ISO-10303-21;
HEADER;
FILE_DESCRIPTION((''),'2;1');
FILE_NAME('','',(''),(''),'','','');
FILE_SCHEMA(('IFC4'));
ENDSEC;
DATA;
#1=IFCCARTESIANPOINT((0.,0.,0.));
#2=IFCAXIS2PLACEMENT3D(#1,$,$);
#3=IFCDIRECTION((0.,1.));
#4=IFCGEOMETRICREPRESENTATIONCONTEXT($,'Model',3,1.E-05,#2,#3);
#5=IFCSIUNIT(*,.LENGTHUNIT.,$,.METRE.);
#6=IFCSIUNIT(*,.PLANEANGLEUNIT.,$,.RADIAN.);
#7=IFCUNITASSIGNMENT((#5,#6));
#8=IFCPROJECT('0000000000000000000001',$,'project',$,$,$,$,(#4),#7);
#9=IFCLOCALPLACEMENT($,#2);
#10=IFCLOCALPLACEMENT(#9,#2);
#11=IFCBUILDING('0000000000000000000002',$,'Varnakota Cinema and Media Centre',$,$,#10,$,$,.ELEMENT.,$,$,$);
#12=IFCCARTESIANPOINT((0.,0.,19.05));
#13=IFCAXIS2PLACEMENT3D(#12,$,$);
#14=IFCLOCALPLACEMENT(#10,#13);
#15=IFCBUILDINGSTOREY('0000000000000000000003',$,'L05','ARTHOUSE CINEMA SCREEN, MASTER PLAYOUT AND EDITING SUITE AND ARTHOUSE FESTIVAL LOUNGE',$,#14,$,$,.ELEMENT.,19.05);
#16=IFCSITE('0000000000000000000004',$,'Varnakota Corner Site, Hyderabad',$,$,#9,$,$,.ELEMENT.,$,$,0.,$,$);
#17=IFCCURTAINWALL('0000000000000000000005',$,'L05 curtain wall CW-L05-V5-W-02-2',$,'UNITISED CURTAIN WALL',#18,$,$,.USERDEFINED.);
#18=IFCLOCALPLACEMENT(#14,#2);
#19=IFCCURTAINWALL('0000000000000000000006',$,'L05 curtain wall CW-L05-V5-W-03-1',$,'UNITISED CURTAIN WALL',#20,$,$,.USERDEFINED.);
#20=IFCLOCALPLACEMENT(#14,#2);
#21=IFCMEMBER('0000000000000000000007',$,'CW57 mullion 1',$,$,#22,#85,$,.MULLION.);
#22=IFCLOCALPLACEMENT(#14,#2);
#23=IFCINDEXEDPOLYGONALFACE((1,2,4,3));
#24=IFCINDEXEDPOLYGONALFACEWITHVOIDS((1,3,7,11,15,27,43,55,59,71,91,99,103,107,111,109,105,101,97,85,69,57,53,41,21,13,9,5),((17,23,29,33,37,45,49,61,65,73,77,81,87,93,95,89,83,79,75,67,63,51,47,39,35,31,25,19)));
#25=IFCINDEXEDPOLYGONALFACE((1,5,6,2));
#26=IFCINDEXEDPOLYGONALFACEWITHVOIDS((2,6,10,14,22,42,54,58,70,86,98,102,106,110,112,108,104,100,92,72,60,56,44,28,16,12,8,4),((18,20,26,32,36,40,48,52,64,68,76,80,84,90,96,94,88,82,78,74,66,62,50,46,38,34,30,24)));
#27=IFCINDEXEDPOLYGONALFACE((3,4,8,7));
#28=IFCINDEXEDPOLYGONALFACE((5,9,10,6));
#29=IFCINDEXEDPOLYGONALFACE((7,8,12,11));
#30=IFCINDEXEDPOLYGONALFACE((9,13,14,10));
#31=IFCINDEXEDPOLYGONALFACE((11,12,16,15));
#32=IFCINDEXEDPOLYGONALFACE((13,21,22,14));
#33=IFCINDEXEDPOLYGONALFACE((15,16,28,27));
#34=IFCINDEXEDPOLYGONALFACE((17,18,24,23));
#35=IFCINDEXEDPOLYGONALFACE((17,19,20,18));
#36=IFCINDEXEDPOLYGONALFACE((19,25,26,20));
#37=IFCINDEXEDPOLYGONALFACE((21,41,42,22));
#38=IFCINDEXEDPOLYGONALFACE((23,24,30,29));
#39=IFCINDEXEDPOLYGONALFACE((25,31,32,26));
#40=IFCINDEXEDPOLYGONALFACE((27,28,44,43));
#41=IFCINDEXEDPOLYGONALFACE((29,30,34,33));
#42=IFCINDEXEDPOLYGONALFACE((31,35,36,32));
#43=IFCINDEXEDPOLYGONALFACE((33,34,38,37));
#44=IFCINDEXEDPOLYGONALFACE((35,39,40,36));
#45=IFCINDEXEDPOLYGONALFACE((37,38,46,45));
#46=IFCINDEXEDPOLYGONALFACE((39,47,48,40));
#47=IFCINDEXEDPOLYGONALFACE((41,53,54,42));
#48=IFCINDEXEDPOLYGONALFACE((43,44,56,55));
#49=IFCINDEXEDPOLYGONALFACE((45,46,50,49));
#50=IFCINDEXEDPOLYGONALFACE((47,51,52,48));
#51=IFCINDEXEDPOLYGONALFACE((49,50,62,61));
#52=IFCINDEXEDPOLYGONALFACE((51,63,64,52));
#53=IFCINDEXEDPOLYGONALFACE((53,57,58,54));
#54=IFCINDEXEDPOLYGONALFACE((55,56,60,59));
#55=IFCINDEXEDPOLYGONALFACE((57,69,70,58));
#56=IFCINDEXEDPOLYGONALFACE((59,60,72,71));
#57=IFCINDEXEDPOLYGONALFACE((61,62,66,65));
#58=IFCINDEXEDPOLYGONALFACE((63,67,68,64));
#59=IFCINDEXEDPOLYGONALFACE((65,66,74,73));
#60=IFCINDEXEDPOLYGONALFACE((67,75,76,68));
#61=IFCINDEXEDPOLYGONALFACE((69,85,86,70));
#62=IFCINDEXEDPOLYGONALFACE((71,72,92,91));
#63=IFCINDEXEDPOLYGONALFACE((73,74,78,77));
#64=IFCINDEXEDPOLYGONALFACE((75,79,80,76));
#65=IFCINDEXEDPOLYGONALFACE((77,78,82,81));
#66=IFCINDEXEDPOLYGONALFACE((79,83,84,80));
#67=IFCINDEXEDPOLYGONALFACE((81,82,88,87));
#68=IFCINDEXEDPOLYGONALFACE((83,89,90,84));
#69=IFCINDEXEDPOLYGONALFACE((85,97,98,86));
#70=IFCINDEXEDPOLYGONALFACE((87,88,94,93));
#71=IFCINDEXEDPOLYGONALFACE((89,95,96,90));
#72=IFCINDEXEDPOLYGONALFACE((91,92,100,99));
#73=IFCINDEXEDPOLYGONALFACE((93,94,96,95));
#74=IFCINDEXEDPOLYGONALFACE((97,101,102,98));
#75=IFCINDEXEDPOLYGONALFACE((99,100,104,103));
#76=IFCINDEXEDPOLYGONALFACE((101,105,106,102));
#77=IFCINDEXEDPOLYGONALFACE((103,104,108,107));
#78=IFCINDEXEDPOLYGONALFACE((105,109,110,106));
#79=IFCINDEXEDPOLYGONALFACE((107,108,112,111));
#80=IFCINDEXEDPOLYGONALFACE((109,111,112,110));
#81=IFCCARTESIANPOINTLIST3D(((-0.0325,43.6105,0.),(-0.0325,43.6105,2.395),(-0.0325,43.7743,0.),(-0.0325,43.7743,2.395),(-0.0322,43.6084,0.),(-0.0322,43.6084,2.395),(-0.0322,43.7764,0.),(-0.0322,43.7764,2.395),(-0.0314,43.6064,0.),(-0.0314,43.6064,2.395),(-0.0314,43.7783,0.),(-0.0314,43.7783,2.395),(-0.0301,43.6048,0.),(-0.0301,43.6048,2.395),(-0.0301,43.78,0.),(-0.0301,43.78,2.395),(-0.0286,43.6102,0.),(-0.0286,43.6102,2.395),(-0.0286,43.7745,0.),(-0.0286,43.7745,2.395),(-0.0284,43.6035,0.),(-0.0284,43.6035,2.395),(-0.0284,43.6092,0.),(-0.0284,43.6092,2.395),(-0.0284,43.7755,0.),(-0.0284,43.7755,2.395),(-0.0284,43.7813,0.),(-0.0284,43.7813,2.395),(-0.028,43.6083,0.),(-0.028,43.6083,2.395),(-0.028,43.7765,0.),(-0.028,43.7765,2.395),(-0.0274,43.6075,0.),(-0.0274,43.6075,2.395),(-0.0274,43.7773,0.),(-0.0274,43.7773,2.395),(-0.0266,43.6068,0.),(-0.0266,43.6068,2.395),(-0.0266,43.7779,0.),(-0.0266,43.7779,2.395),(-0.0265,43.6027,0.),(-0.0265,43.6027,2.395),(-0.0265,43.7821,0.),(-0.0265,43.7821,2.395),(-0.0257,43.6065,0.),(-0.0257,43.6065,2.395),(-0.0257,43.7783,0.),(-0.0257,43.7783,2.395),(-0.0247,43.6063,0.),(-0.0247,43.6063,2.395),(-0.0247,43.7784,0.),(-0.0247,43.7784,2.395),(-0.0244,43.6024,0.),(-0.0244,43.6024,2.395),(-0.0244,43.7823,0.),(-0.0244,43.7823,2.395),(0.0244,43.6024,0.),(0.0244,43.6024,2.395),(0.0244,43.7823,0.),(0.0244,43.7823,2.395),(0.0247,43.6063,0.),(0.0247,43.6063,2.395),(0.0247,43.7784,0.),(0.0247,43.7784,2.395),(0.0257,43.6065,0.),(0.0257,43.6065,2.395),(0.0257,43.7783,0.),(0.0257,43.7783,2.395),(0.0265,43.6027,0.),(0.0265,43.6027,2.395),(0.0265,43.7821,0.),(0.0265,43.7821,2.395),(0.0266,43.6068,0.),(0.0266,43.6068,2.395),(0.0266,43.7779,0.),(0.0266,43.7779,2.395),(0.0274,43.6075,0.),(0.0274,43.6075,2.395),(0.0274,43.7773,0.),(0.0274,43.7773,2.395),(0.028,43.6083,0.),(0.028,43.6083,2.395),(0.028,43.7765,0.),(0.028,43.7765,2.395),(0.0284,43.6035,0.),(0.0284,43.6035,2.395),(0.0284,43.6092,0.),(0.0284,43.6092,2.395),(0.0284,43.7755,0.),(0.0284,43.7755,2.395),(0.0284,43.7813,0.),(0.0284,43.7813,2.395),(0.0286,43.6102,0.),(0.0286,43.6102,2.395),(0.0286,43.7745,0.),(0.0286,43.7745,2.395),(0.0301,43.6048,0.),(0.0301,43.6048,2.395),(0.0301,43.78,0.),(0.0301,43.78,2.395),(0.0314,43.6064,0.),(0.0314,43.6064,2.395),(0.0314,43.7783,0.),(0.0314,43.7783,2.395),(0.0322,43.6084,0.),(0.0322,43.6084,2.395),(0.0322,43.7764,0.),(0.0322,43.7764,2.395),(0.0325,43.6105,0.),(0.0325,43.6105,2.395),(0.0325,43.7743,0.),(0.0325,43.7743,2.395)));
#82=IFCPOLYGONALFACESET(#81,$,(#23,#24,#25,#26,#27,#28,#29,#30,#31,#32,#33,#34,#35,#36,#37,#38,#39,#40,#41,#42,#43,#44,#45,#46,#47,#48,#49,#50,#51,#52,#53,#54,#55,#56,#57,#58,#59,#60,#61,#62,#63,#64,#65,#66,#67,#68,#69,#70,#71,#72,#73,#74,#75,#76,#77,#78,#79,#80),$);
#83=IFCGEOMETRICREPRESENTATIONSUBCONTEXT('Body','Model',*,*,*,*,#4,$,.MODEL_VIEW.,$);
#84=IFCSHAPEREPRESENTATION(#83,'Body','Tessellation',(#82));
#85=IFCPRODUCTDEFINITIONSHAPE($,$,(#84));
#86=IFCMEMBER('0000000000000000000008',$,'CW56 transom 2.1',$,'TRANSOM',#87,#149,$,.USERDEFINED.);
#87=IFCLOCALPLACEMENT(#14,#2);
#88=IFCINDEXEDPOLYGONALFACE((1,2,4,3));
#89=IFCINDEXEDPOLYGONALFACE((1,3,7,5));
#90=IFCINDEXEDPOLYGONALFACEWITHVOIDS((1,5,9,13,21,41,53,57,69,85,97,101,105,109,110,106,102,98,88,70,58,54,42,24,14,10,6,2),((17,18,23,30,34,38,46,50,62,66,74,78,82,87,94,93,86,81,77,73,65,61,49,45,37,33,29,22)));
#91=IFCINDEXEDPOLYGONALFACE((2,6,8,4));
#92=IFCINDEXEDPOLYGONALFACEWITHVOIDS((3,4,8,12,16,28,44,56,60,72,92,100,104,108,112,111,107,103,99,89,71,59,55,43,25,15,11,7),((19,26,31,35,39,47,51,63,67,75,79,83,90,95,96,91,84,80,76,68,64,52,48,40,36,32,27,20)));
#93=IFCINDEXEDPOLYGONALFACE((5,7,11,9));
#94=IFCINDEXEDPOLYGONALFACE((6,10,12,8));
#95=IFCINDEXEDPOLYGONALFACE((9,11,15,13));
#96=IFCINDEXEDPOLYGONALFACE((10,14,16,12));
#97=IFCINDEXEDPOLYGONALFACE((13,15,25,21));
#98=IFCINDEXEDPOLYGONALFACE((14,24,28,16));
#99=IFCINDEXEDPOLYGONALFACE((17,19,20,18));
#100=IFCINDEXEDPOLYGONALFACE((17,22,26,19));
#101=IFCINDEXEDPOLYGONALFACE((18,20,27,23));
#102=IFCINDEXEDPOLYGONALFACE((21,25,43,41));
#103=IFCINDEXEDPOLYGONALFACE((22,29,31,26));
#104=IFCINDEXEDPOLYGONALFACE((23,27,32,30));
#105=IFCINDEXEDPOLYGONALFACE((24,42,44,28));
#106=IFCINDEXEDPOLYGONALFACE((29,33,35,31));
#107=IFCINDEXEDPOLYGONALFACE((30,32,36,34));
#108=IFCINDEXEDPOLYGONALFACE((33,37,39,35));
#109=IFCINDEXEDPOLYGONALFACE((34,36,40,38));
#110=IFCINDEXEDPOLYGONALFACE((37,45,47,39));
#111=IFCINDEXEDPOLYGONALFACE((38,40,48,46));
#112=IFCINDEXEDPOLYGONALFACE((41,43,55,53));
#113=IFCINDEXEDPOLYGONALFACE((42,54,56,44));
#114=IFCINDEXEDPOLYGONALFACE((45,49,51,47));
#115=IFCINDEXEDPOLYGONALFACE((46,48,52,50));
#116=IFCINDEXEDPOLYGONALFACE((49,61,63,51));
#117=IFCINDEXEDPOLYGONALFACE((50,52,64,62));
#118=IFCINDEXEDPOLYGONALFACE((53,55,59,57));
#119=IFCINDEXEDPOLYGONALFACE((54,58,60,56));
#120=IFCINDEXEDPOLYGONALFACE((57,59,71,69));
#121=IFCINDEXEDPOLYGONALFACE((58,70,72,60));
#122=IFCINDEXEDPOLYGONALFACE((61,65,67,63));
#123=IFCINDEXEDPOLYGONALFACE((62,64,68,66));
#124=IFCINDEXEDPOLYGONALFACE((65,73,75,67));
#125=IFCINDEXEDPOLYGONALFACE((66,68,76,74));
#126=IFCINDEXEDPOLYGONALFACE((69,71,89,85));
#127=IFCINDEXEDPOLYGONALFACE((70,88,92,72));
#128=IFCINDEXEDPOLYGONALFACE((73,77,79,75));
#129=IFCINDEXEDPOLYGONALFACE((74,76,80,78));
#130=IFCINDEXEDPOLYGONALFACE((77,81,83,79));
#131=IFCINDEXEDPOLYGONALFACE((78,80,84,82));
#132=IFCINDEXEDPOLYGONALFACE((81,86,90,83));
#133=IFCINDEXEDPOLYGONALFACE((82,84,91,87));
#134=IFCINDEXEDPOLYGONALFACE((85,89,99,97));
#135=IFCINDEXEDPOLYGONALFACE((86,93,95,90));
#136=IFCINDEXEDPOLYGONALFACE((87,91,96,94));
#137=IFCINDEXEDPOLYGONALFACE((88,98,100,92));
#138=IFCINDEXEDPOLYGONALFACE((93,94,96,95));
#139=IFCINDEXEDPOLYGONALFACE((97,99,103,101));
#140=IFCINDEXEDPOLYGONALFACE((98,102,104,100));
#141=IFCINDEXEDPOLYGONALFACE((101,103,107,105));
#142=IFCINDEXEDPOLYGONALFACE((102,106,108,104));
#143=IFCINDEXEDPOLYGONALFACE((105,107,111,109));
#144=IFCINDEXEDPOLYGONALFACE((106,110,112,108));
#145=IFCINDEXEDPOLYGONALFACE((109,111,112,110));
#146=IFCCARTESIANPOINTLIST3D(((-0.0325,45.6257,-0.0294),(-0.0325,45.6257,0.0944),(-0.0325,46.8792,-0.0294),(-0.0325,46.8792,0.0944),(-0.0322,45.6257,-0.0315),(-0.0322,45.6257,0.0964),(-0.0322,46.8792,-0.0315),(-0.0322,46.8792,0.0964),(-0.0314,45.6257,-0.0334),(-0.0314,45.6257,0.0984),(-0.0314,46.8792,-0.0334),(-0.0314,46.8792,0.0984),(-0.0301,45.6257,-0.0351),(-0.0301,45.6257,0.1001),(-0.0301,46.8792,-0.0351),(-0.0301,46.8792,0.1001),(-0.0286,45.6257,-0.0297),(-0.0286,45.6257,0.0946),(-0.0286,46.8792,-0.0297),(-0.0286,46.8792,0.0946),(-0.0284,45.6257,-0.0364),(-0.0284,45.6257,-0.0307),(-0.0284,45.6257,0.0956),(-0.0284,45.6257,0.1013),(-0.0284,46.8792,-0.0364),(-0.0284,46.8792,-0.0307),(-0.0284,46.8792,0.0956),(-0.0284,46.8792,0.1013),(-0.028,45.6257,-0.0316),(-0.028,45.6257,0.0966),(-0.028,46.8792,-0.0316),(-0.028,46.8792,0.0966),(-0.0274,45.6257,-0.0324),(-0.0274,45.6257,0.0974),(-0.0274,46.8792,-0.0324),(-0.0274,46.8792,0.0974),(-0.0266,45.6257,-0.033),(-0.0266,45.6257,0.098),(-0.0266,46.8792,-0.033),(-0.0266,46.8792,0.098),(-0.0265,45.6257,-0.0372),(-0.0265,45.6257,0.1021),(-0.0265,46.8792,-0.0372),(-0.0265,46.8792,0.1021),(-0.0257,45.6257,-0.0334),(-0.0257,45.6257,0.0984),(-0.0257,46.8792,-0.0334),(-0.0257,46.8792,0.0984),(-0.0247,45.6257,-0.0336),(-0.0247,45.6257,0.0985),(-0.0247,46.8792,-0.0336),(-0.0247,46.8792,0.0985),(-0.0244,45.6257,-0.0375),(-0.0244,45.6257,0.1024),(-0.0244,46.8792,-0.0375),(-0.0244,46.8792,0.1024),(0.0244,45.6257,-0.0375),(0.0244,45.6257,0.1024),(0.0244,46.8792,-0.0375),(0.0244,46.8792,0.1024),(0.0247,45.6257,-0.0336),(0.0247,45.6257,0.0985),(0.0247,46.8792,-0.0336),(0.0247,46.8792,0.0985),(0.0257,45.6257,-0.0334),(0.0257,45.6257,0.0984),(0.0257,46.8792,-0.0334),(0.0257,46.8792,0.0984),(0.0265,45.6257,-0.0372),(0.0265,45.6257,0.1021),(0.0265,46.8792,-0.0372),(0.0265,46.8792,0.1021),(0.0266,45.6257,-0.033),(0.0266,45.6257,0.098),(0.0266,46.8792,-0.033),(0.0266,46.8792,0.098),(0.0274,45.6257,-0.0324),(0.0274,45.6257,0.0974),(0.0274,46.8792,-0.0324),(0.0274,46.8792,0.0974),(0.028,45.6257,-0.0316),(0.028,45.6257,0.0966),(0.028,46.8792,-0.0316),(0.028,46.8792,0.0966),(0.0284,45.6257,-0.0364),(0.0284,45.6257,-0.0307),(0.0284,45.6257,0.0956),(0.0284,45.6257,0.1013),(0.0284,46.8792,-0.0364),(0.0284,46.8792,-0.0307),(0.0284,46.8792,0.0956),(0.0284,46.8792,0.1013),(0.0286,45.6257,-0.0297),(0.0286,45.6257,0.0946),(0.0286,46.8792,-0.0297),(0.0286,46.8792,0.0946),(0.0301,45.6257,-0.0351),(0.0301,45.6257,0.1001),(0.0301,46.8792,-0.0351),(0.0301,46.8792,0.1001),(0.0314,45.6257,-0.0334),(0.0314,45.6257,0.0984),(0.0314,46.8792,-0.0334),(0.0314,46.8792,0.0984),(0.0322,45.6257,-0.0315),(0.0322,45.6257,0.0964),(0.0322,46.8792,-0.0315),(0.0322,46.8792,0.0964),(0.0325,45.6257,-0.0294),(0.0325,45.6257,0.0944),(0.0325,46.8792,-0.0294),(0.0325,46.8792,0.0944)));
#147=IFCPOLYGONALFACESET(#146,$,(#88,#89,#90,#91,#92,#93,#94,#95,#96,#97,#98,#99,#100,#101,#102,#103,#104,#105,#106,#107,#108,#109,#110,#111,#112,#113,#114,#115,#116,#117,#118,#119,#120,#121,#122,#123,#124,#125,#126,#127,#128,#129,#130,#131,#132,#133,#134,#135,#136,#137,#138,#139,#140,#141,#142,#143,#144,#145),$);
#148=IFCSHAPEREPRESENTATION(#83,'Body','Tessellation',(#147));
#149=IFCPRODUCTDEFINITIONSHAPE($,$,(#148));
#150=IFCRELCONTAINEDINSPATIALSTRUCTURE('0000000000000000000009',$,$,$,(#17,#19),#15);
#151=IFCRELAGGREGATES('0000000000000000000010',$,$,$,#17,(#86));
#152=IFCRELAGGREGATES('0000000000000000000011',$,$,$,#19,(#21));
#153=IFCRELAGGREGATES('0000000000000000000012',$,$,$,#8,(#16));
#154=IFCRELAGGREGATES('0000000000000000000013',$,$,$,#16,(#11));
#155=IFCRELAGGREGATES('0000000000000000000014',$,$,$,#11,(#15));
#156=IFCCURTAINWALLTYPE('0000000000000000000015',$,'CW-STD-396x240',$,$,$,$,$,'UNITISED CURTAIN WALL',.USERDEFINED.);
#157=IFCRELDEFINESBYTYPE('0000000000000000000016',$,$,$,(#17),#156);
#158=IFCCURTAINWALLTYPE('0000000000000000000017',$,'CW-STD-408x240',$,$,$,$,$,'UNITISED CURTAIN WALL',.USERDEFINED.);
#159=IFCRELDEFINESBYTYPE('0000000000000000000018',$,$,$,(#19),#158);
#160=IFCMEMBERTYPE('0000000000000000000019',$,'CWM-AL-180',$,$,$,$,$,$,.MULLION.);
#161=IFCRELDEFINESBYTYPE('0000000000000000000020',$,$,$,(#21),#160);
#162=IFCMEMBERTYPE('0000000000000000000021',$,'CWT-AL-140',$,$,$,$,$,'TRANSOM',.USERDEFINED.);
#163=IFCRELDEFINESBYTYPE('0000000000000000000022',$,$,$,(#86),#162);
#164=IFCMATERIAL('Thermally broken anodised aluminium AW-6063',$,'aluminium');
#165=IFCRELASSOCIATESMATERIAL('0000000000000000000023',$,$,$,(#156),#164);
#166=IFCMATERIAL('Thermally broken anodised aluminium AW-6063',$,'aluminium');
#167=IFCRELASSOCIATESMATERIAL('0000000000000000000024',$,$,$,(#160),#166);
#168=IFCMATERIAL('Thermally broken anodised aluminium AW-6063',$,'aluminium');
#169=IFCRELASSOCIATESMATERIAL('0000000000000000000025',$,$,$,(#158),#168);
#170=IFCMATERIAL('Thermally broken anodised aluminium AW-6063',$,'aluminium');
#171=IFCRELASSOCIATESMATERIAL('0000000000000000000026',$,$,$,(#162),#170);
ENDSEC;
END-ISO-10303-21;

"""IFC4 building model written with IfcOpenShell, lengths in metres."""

from ifc_helpers import new_model, si_unit, direction, frame, origin, origin_2d, place, context, subcontext, project, spatial, hollow_rectangle, extrude, material, material_profile, profile_set, type_object, element, aggregate, save


model = new_model("IFC4")

# Units and contexts
model_context = context("Model", 3, precision=1e-05, world=origin(), true_north=direction((0.0, 1.0)))
body_context = subcontext(model_context, "Body", "Model", "MODEL_VIEW")
ifc_project = project(units=[si_unit("LENGTHUNIT", "METRE"), si_unit("PLANEANGLEUNIT", "RADIAN")], contexts=[model_context])

# Site, building, storey
site_placement = place(None, origin())
site = spatial("IfcSite", under=ifc_project, at=site_placement, Name="Varnakota Corner Site, Hyderabad", CompositionType="ELEMENT", RefElevation=0.0)
building_placement = place(site_placement, origin())
building = spatial("IfcBuilding", under=site, at=building_placement, Name="Varnakota Cinema and Media Centre", CompositionType="ELEMENT")
storey_placement = place(building_placement, frame((0.0, 0.0, 19.05)))
storey = spatial("IfcBuildingStorey", under=building, at=storey_placement, Name="L05", Description="ARTHOUSE CINEMA SCREEN, MASTER PLAYOUT AND EDITING SUITE AND ARTHOUSE FESTIVAL LOUNGE", CompositionType="ELEMENT", Elevation=19.05)

# Curtain wall
ifc_material_1 = material(Name="Thermally broken anodised aluminium AW-6063", Category="aluminium")
curtain_wall_type_1 = type_object("IfcCurtainWallType", Name="CW-STD-396x240", ElementType="UNITISED CURTAIN WALL", PredefinedType="USERDEFINED", material=ifc_material_1)
curtain_wall_1_placement = place(storey_placement, origin())
curtain_wall_1 = element("IfcCurtainWall", 1, at=curtain_wall_1_placement, inside=storey, type_object=curtain_wall_type_1, Name="L05 curtain wall CW-L05-V5-W-02-2", ObjectType="UNITISED CURTAIN WALL", PredefinedType="USERDEFINED")
ifc_material_2 = material(Name="Thermally broken anodised aluminium AW-6063", Category="aluminium")
ifc_material_profile_1 = material_profile(ifc_material_2, hollow_rectangle(XDim=0.0649, YDim=0.1799, WallThickness=0.0039, InnerFilletRadius=0.0039, OuterFilletRadius=0.0081, at=origin_2d()), Name="AL-MULLION 180x65x4")
ifc_profile_set_1 = profile_set([ifc_material_profile_1], Name="Thermally broken anodised aluminium AW-6063")
member_type_1 = type_object("IfcMemberType", Name="CWM-AL-180", PredefinedType="MULLION", material=ifc_profile_set_1)

# Curtain wall, member
ifc_material_3 = material(Name="Thermally broken anodised aluminium AW-6063", Category="aluminium")
curtain_wall_type_2 = type_object("IfcCurtainWallType", Name="CW-STD-408x240", ElementType="UNITISED CURTAIN WALL", PredefinedType="USERDEFINED", material=ifc_material_3)
curtain_wall_2_placement = place(storey_placement, origin())
curtain_wall_2 = element("IfcCurtainWall", 2, at=curtain_wall_2_placement, inside=storey, type_object=curtain_wall_type_2, Name="L05 curtain wall CW-L05-V5-W-03-1", ObjectType="UNITISED CURTAIN WALL", PredefinedType="USERDEFINED")
member_1_placement = place(storey_placement, frame((0.0, 43.6924, 0.0), z_axis=(0.0, 0.0, 1.0), x_axis=(1.0, 0.0, 0.0)))
member_1 = element("IfcMember", 3, at=member_1_placement, type_object=member_type_1, Name="CW57 mullion 1", PredefinedType="MULLION", context=body_context, shape_type="SweptSolid", body=[
    extrude(hollow_rectangle(XDim=0.0649, YDim=0.1799, WallThickness=0.0039, InnerFilletRadius=0.0039, OuterFilletRadius=0.0081, at=origin_2d()), origin(), (0.0, 0.0, 1.0), 2.395),
])

# Member
ifc_material_4 = material(Name="Thermally broken anodised aluminium AW-6063", Category="aluminium")
ifc_material_profile_2 = material_profile(ifc_material_4, hollow_rectangle(XDim=0.0649, YDim=0.1399, WallThickness=0.0039, InnerFilletRadius=0.0039, OuterFilletRadius=0.0081, at=origin_2d()), Name="AL-TRANSOM 140x65x4")
ifc_profile_set_2 = profile_set([ifc_material_profile_2], Name="Thermally broken anodised aluminium AW-6063")
member_type_2 = type_object("IfcMemberType", Name="CWT-AL-140", ElementType="TRANSOM", PredefinedType="USERDEFINED", material=ifc_profile_set_2)
member_2_placement = place(storey_placement, frame((0.0, 46.8792, 0.0325), z_axis=(0.0, -1.0, 0.0), x_axis=(1.0, 0.0, 0.0)))
member_2 = element("IfcMember", 4, at=member_2_placement, type_object=member_type_2, Name="CW56 transom 2.1", ObjectType="TRANSOM", PredefinedType="USERDEFINED", context=body_context, shape_type="SweptSolid", body=[
    extrude(hollow_rectangle(XDim=0.0649, YDim=0.1399, WallThickness=0.0039, InnerFilletRadius=0.0039, OuterFilletRadius=0.0081, at=origin_2d()), origin(), (0.0, 0.0, 1.0), 1.2534),
])

aggregate(curtain_wall_1, [member_2])
aggregate(curtain_wall_2, [member_1])

save(model, "model.ifc")
